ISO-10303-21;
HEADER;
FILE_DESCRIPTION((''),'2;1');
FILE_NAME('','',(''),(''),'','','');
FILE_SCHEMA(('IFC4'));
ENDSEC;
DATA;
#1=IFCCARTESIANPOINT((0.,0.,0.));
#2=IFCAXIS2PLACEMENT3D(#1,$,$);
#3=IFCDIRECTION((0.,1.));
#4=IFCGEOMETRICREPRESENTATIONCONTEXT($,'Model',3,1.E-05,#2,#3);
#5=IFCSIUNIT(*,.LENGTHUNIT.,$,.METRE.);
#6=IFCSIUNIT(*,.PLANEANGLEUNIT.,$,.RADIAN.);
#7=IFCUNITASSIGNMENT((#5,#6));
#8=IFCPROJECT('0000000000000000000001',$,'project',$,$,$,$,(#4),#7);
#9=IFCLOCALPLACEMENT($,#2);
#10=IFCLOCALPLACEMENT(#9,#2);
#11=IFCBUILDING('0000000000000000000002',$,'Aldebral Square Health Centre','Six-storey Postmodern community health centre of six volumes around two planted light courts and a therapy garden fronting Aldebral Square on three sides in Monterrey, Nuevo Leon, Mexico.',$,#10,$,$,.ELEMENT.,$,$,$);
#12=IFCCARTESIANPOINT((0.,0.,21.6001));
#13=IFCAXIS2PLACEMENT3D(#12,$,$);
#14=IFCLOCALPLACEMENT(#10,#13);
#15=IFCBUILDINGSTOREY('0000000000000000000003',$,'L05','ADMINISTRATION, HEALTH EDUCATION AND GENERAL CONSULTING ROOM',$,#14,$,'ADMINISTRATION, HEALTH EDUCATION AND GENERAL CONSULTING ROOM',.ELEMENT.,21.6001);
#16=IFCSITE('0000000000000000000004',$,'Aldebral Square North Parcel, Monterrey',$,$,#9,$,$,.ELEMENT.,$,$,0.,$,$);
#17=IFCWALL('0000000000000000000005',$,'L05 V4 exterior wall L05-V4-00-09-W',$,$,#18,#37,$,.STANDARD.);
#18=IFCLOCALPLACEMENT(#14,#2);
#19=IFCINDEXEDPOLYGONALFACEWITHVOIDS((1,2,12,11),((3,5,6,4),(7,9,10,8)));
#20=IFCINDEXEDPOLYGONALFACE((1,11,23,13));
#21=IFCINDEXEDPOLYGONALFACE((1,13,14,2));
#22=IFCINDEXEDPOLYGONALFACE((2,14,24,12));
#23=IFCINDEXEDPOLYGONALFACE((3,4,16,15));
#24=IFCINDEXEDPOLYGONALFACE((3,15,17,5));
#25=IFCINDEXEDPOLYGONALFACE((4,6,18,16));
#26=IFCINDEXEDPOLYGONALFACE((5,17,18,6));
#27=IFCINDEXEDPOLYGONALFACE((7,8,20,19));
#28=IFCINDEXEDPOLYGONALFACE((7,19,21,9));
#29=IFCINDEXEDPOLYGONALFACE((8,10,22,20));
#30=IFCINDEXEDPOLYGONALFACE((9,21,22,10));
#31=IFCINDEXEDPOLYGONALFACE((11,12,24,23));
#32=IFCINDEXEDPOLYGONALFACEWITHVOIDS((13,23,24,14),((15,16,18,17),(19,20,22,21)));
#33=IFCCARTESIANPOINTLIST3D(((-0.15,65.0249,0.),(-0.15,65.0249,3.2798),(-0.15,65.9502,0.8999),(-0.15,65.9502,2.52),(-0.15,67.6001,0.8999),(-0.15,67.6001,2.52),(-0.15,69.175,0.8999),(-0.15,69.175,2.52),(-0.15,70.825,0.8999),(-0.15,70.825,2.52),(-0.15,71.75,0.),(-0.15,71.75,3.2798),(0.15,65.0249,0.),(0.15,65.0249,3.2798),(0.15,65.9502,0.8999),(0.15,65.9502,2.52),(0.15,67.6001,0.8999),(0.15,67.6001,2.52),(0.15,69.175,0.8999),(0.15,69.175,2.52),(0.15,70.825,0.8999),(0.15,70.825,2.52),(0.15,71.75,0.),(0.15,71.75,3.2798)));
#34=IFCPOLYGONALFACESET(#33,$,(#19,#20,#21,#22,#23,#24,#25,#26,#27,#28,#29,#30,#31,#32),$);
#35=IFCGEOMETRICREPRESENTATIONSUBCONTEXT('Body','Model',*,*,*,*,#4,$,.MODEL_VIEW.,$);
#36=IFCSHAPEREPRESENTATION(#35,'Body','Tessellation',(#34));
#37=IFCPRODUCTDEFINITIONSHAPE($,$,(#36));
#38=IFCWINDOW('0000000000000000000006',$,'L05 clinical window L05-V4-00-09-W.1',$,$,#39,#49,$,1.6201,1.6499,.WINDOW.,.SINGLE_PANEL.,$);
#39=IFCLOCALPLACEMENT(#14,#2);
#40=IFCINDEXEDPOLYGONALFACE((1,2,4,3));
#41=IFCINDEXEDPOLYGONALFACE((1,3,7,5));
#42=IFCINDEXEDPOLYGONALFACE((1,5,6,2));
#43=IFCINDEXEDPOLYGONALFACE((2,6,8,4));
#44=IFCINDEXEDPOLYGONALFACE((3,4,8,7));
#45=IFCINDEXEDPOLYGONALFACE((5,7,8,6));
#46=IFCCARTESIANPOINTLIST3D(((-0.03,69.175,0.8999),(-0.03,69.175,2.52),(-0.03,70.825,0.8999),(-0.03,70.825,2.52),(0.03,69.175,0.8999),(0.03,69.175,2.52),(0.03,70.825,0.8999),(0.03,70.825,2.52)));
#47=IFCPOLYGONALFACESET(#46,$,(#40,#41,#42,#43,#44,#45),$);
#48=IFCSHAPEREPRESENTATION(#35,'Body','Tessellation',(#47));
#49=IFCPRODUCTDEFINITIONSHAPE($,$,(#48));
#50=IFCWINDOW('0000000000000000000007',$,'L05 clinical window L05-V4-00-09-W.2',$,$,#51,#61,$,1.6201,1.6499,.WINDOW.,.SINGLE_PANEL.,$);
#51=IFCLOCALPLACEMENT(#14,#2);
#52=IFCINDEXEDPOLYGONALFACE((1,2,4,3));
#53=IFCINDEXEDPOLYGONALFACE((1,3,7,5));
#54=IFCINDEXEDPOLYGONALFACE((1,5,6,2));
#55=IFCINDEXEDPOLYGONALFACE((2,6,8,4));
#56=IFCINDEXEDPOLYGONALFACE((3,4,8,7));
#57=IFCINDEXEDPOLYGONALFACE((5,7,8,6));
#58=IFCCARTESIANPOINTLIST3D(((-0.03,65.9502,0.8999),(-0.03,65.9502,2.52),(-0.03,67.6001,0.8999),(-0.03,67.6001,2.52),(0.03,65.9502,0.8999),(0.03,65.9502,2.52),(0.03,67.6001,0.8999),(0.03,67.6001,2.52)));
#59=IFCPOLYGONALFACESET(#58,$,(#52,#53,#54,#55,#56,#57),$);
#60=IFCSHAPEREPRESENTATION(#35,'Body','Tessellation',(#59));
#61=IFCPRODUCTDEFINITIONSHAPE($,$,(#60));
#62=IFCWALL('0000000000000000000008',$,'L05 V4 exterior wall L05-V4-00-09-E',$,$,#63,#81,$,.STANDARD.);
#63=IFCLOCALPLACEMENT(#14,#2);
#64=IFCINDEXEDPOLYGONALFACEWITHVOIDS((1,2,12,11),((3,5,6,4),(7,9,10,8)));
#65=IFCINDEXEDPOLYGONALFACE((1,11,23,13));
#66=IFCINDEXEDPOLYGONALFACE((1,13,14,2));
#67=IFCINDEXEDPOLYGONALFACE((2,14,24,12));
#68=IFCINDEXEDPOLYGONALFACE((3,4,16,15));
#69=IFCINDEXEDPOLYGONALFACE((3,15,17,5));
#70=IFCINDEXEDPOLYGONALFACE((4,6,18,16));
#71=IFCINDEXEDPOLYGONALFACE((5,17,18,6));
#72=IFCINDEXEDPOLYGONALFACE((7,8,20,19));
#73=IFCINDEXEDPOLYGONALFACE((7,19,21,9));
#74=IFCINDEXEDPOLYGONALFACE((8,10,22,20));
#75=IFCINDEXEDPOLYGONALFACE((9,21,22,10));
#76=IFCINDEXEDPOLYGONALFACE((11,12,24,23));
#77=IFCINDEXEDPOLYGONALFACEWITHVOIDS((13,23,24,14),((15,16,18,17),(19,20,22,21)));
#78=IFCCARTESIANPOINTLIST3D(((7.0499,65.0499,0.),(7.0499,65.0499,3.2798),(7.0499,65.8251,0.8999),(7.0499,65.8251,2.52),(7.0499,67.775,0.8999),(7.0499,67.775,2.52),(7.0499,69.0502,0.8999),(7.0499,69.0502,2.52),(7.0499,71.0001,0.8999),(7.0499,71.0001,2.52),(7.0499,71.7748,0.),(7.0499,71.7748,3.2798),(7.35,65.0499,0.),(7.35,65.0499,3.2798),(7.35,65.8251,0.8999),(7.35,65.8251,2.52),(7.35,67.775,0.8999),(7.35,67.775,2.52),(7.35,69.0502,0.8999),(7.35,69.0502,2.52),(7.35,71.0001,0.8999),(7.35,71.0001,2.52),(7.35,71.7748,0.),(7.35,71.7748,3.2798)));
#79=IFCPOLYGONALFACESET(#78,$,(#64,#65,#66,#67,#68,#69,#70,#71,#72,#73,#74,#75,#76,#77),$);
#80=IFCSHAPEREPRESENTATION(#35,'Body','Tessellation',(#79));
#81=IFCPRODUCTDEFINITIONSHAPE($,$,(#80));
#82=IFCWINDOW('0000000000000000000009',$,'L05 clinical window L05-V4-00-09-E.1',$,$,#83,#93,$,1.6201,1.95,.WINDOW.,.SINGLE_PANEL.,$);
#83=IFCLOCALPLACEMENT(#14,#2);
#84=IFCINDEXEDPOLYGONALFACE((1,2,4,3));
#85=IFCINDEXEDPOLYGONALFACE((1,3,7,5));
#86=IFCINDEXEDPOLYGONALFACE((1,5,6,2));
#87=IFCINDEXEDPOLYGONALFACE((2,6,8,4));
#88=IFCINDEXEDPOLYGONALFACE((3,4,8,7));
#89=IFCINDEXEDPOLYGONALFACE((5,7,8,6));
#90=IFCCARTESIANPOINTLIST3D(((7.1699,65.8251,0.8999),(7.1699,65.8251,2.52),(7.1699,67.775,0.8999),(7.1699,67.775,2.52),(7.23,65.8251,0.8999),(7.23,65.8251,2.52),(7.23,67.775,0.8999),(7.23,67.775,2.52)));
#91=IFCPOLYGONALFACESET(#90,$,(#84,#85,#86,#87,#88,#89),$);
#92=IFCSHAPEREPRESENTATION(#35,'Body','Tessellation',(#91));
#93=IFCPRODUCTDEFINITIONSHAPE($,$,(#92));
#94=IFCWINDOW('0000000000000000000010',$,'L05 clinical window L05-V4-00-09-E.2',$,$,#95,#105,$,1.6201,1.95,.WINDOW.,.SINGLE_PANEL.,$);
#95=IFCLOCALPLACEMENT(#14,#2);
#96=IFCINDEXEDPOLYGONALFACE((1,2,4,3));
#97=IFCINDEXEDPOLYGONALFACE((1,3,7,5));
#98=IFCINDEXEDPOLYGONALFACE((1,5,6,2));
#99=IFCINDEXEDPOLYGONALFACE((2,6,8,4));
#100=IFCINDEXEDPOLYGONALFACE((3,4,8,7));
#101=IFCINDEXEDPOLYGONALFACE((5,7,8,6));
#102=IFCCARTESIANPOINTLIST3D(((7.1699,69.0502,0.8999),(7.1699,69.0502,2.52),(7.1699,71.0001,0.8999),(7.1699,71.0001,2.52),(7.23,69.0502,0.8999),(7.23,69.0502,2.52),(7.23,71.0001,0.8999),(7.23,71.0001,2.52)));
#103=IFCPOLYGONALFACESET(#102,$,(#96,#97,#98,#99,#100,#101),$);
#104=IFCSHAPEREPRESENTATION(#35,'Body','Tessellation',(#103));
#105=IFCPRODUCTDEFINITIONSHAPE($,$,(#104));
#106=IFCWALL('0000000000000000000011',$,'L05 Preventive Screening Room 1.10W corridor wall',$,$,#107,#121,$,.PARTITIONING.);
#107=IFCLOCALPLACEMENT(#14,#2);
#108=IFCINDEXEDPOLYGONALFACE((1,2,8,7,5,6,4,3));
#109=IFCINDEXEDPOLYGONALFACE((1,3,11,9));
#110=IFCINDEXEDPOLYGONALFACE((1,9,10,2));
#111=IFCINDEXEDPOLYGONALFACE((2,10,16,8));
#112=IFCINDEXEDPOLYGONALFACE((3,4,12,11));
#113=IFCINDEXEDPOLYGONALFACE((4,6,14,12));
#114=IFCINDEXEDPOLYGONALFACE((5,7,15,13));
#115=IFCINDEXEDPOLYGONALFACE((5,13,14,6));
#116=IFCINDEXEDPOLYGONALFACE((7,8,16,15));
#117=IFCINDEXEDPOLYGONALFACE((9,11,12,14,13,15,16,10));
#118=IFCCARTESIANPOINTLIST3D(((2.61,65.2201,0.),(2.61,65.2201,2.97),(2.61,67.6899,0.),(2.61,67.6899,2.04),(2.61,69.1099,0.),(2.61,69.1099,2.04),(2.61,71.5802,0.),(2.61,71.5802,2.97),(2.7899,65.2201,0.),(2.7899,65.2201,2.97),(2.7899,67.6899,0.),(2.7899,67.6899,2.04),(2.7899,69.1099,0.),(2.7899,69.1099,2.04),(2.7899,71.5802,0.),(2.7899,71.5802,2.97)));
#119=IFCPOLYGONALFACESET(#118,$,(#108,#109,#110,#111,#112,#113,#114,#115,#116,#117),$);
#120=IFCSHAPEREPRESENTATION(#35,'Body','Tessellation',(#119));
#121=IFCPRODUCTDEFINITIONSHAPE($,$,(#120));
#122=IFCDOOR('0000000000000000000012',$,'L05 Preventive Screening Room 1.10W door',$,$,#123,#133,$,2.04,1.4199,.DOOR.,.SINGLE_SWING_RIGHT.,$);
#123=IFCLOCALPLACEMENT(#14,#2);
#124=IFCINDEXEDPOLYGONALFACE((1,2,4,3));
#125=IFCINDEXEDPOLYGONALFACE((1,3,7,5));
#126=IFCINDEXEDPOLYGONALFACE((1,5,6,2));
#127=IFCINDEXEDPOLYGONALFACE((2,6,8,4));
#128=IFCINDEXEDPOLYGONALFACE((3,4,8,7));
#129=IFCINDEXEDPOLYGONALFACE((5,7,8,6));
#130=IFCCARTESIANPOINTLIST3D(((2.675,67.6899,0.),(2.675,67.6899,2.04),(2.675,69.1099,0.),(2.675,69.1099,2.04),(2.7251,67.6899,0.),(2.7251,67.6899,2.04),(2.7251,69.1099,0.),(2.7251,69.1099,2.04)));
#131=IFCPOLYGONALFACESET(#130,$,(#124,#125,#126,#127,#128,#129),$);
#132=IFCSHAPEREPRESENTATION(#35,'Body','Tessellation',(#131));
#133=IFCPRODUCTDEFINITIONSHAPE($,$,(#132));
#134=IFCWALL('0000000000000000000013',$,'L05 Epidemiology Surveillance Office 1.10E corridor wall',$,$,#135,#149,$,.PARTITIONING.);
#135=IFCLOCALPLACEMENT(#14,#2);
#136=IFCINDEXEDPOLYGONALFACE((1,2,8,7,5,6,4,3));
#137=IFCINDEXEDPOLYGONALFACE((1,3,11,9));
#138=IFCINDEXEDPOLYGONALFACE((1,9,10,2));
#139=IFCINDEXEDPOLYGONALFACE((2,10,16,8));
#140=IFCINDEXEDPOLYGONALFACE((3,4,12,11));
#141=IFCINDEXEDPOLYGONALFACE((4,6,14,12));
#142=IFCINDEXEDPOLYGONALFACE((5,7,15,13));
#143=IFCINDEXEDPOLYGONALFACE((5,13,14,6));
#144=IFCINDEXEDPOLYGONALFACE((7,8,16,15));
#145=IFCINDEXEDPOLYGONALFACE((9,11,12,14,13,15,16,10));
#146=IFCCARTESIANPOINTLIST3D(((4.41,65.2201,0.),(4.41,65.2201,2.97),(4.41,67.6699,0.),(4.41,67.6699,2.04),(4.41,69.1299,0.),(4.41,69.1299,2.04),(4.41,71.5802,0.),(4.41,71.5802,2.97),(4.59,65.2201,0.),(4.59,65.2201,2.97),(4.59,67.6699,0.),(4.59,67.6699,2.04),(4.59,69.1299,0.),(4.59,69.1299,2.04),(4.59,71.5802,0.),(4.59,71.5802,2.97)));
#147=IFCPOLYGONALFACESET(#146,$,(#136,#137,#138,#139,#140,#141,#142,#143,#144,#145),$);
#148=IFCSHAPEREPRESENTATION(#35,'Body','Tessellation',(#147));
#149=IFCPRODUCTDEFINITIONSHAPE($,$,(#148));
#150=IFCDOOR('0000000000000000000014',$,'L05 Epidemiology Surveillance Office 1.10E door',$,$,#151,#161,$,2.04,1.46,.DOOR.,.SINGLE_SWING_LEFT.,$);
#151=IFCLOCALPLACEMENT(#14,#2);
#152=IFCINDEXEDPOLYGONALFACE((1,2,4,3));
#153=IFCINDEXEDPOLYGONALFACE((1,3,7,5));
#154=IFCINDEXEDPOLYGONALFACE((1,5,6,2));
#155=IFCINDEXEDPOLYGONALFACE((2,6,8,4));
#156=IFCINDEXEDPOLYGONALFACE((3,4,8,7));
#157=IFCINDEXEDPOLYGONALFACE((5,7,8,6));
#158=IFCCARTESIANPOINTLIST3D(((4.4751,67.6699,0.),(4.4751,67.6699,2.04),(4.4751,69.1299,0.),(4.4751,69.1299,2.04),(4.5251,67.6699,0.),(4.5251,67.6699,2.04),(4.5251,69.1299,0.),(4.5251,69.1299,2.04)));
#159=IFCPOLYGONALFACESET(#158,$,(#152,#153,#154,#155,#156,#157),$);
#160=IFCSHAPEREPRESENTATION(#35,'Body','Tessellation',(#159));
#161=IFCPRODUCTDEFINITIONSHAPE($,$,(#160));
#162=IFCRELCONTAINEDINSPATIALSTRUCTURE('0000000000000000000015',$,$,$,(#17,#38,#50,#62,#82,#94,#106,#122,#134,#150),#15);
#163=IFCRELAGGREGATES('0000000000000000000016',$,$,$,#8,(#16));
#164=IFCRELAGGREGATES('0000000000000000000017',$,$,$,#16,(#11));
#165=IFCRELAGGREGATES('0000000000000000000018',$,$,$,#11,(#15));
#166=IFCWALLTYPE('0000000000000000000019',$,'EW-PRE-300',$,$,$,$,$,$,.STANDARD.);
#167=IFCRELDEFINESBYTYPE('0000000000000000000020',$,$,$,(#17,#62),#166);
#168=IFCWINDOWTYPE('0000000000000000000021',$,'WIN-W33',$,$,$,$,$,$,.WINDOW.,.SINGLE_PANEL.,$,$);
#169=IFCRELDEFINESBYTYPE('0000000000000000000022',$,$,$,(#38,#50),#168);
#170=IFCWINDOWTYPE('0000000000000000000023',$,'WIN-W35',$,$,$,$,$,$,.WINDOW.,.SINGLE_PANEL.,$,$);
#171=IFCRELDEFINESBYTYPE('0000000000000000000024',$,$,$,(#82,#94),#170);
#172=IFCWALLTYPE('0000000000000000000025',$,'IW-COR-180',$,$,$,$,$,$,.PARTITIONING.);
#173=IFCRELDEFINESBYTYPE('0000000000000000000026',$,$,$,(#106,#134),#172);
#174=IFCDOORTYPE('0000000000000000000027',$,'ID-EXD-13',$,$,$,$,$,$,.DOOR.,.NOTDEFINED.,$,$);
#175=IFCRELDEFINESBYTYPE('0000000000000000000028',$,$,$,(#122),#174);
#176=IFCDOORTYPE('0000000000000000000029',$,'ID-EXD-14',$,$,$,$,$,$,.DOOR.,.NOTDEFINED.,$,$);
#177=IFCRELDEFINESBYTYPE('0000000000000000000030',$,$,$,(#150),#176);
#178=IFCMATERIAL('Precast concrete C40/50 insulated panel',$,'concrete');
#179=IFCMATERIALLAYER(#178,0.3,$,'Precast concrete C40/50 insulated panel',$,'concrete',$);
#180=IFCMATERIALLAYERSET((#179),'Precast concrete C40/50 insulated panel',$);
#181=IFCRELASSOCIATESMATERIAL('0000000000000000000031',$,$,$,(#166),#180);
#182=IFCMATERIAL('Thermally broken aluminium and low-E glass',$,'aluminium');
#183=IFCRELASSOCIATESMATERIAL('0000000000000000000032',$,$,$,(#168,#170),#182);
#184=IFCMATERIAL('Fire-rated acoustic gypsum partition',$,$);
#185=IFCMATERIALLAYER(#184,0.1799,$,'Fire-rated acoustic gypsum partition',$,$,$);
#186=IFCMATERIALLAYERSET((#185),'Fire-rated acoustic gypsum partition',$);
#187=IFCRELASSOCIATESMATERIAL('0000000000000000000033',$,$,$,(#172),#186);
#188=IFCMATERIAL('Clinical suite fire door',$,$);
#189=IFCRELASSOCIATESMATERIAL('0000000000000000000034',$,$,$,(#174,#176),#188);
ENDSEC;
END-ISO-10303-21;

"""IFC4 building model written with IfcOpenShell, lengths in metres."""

from ifc_helpers import new_model, si_unit, direction, frame, frame_2d, origin, place, context, subcontext, project, spatial, rectangle, extrude, material, layer, layer_set, type_object, element, fill, save


model = new_model("IFC4")

# Units and contexts
model_context = context("Model", 3, precision=1e-05, world=origin(), true_north=direction((0.0, 1.0)))
body_context = subcontext(model_context, "Body", "Model", "MODEL_VIEW")
ifc_project = project(units=[si_unit("LENGTHUNIT", "METRE"), si_unit("PLANEANGLEUNIT", "RADIAN")], contexts=[model_context])

# Site, building, storey
site_placement = place(None, origin())
site = spatial("IfcSite", under=ifc_project, at=site_placement, Name="Aldebral Square North Parcel, Monterrey", CompositionType="ELEMENT", RefElevation=0.0)
building_placement = place(site_placement, origin())
building = spatial("IfcBuilding", under=site, at=building_placement, Name="Aldebral Square Health Centre", Description="Six-storey Postmodern community health centre of six volumes around two planted light courts and a therapy garden fronting Aldebral Square on three sides in Monterrey, Nuevo Leon, Mexico.", CompositionType="ELEMENT")
storey_placement = place(building_placement, frame((0.0, 0.0, 21.6001)))
storey = spatial("IfcBuildingStorey", under=building, at=storey_placement, Name="L05", Description="ADMINISTRATION, HEALTH EDUCATION AND GENERAL CONSULTING ROOM", LongName="ADMINISTRATION, HEALTH EDUCATION AND GENERAL CONSULTING ROOM", CompositionType="ELEMENT", Elevation=21.6001)

# Walls, openings, windows
ifc_material_1 = material(Name="Precast concrete C40/50 insulated panel", Category="concrete")
ifc_layer_1 = layer(ifc_material_1, 0.3, Name="Precast concrete C40/50 insulated panel", Category="concrete")
ifc_layer_set_1 = layer_set([ifc_layer_1], Name="Precast concrete C40/50 insulated panel")
wall_type_1 = type_object("IfcWallType", Name="EW-PRE-300", PredefinedType="STANDARD", material=ifc_layer_set_1)
ifc_material_2 = material(Name="Thermally broken aluminium and low-E glass", Category="aluminium")
wall_1_placement = place(storey_placement, frame((0.0, 71.75, 0.0), z_axis=(0.0, 0.0, 1.0), x_axis=(0.0, -1.0, 0.0)))
wall_1 = element("IfcWall", 1, at=wall_1_placement, inside=storey, type_object=wall_type_1, Name="L05 V4 exterior wall L05-V4-00-09-W", PredefinedType="STANDARD", context=body_context, shape_type="SweptSolid", body=[
    extrude(rectangle(XDim=6.7251, YDim=0.3, at=frame_2d((3.3625, 0.0))), origin(), (0.0, 0.0, 1.0), 3.2798),
])
opening_1_placement = place(wall_1_placement, frame((0.925, 0.0, 0.8999)))
opening_1 = element("IfcOpeningElement", 2, at=opening_1_placement, cuts=wall_1, PredefinedType="OPENING", context=body_context, shape_type="SweptSolid", body=[
    extrude(rectangle(XDim=1.6499, YDim=1.6201, at=frame_2d((0.825, 0.8101))), frame((0.0, 0.1602, 0.0), z_axis=(0.0, -1.0, 0.0), x_axis=(1.0, 0.0, 0.0)), (0.0, 0.0, 1.0), 0.3201),
])
opening_2_placement = place(wall_1_placement, frame((4.1499, 0.0, 0.8999)))
opening_2 = element("IfcOpeningElement", 3, at=opening_2_placement, cuts=wall_1, PredefinedType="OPENING", context=body_context, shape_type="SweptSolid", body=[
    extrude(rectangle(XDim=1.6499, YDim=1.6201, at=frame_2d((0.825, 0.8101))), frame((0.0, 0.1602, 0.0), z_axis=(0.0, -1.0, 0.0), x_axis=(1.0, 0.0, 0.0)), (0.0, 0.0, 1.0), 0.3201),
])
window_type_1 = type_object("IfcWindowType", Name="WIN-W33", PartitioningType="SINGLE_PANEL", PredefinedType="WINDOW", material=ifc_material_2)
window_1_placement = place(opening_1_placement, origin())
window_1 = element("IfcWindow", 4, at=window_1_placement, inside=storey, type_object=window_type_1, Name="L05 clinical window L05-V4-00-09-W.1", OverallHeight=1.6201, OverallWidth=1.6499, PartitioningType="SINGLE_PANEL", PredefinedType="WINDOW", context=body_context, shape_type="SweptSolid", body=[
    extrude(rectangle(XDim=1.6499, YDim=1.6201, at=frame_2d((0.825, 0.8101))), frame((0.0, 0.03, 0.0), z_axis=(0.0, -1.0, 0.0), x_axis=(1.0, 0.0, 0.0)), (0.0, 0.0, 1.0), 0.0601),
])
fill(opening_1, window_1)
window_2_placement = place(opening_2_placement, origin())
window_2 = element("IfcWindow", 5, at=window_2_placement, inside=storey, type_object=window_type_1, Name="L05 clinical window L05-V4-00-09-W.2", OverallHeight=1.6201, OverallWidth=1.6499, PartitioningType="SINGLE_PANEL", PredefinedType="WINDOW", context=body_context, shape_type="SweptSolid", body=[
    extrude(rectangle(XDim=1.6499, YDim=1.6201, at=frame_2d((0.825, 0.8101))), frame((0.0, 0.03, 0.0), z_axis=(0.0, -1.0, 0.0), x_axis=(1.0, 0.0, 0.0)), (0.0, 0.0, 1.0), 0.0601),
])
fill(opening_2, window_2)
wall_2_placement = place(storey_placement, frame((7.2, 65.05, 0.0), z_axis=(0.0, 0.0, 1.0), x_axis=(0.0, 1.0, 0.0)))
wall_2 = element("IfcWall", 6, at=wall_2_placement, inside=storey, type_object=wall_type_1, Name="L05 V4 exterior wall L05-V4-00-09-E", PredefinedType="STANDARD", context=body_context, shape_type="SweptSolid", body=[
    extrude(rectangle(XDim=6.7249, YDim=0.3, at=frame_2d((3.3623, 0.0))), origin(), (0.0, 0.0, 1.0), 3.2798),
])
opening_3_placement = place(wall_2_placement, frame((0.7749, 0.0, 0.8999)))
opening_3 = element("IfcOpeningElement", 7, at=opening_3_placement, cuts=wall_2, PredefinedType="OPENING", context=body_context, shape_type="SweptSolid", body=[
    extrude(rectangle(XDim=1.95, YDim=1.6201, at=frame_2d((0.9751, 0.8101))), frame((0.0, 0.1602, 0.0), z_axis=(0.0, -1.0, 0.0), x_axis=(1.0, 0.0, 0.0)), (0.0, 0.0, 1.0), 0.3201),
])
opening_4_placement = place(wall_2_placement, frame((4.0, 0.0, 0.8999)))
opening_4 = element("IfcOpeningElement", 8, at=opening_4_placement, cuts=wall_2, PredefinedType="OPENING", context=body_context, shape_type="SweptSolid", body=[
    extrude(rectangle(XDim=1.95, YDim=1.6201, at=frame_2d((0.9751, 0.8101))), frame((0.0, 0.1602, 0.0), z_axis=(0.0, -1.0, 0.0), x_axis=(1.0, 0.0, 0.0)), (0.0, 0.0, 1.0), 0.3201),
])
window_type_2 = type_object("IfcWindowType", Name="WIN-W35", PartitioningType="SINGLE_PANEL", PredefinedType="WINDOW", material=ifc_material_2)
window_3_placement = place(opening_3_placement, origin())
window_3 = element("IfcWindow", 9, at=window_3_placement, inside=storey, type_object=window_type_2, Name="L05 clinical window L05-V4-00-09-E.1", OverallHeight=1.6201, OverallWidth=1.95, PartitioningType="SINGLE_PANEL", PredefinedType="WINDOW", context=body_context, shape_type="SweptSolid", body=[
    extrude(rectangle(XDim=1.95, YDim=1.6201, at=frame_2d((0.9751, 0.8101))), frame((0.0, 0.03, 0.0), z_axis=(0.0, -1.0, 0.0), x_axis=(1.0, 0.0, 0.0)), (0.0, 0.0, 1.0), 0.0601),
])
fill(opening_3, window_3)
window_4_placement = place(opening_4_placement, origin())
window_4 = element("IfcWindow", 10, at=window_4_placement, inside=storey, type_object=window_type_2, Name="L05 clinical window L05-V4-00-09-E.2", OverallHeight=1.6201, OverallWidth=1.95, PartitioningType="SINGLE_PANEL", PredefinedType="WINDOW", context=body_context, shape_type="SweptSolid", body=[
    extrude(rectangle(XDim=1.95, YDim=1.6201, at=frame_2d((0.9751, 0.8101))), frame((0.0, 0.03, 0.0), z_axis=(0.0, -1.0, 0.0), x_axis=(1.0, 0.0, 0.0)), (0.0, 0.0, 1.0), 0.0601),
])
fill(opening_4, window_4)

# Walls, openings, doors
ifc_material_3 = material(Name="Fire-rated acoustic gypsum partition")
ifc_layer_2 = layer(ifc_material_3, 0.1799, Name="Fire-rated acoustic gypsum partition")
ifc_layer_set_2 = layer_set([ifc_layer_2], Name="Fire-rated acoustic gypsum partition")
wall_type_2 = type_object("IfcWallType", Name="IW-COR-180", PredefinedType="PARTITIONING", material=ifc_layer_set_2)
wall_3_placement = place(storey_placement, frame((2.7, 65.22, 0.0), z_axis=(0.0, 0.0, 1.0), x_axis=(0.0, 1.0, 0.0)))
wall_3 = element("IfcWall", 11, at=wall_3_placement, inside=storey, type_object=wall_type_2, Name="L05 Preventive Screening Room 1.10W corridor wall", PredefinedType="PARTITIONING", context=body_context, shape_type="SweptSolid", body=[
    extrude(rectangle(XDim=6.3601, YDim=0.1799, at=frame_2d((3.1802, 0.0))), origin(), (0.0, 0.0, 1.0), 2.97),
])
opening_5_placement = place(wall_3_placement, frame((2.47, 0.0, 0.0)))
opening_5 = element("IfcOpeningElement", 12, at=opening_5_placement, cuts=wall_3, PredefinedType="OPENING", context=body_context, shape_type="SweptSolid", body=[
    extrude(rectangle(XDim=1.4199, YDim=2.04, at=frame_2d((0.71, 1.02))), frame((0.0, 0.1001, 0.0), z_axis=(0.0, -1.0, 0.0), x_axis=(1.0, 0.0, 0.0)), (0.0, 0.0, 1.0), 0.2),
])
ifc_material_4 = material(Name="Clinical suite fire door")
door_type_1 = type_object("IfcDoorType", Name="ID-EXD-13", OperationType="NOTDEFINED", PredefinedType="DOOR", material=ifc_material_4)
door_1_placement = place(opening_5_placement, origin())
door_1 = element("IfcDoor", 13, at=door_1_placement, inside=storey, type_object=door_type_1, Name="L05 Preventive Screening Room 1.10W door", OperationType="SINGLE_SWING_RIGHT", OverallHeight=2.04, OverallWidth=1.4199, PredefinedType="DOOR", context=body_context, shape_type="SweptSolid", body=[
    extrude(rectangle(XDim=1.4199, YDim=2.04, at=frame_2d((0.71, 1.02))), frame((0.0, 0.0249, 0.0), z_axis=(0.0, -1.0, 0.0), x_axis=(1.0, 0.0, 0.0)), (0.0, 0.0, 1.0), 0.05),
])
fill(opening_5, door_1)
wall_4_placement = place(storey_placement, frame((4.5, 65.22, 0.0), z_axis=(0.0, 0.0, 1.0), x_axis=(0.0, 1.0, 0.0)))
wall_4 = element("IfcWall", 14, at=wall_4_placement, inside=storey, type_object=wall_type_2, Name="L05 Epidemiology Surveillance Office 1.10E corridor wall", PredefinedType="PARTITIONING", context=body_context, shape_type="SweptSolid", body=[
    extrude(rectangle(XDim=6.3601, YDim=0.1799, at=frame_2d((3.1802, 0.0))), origin(), (0.0, 0.0, 1.0), 2.97),
])
opening_6_placement = place(wall_4_placement, frame((2.45, 0.0, 0.0)))
opening_6 = element("IfcOpeningElement", 15, at=opening_6_placement, cuts=wall_4, PredefinedType="OPENING", context=body_context, shape_type="SweptSolid", body=[
    extrude(rectangle(XDim=1.46, YDim=2.04, at=frame_2d((0.73, 1.02))), frame((0.0, 0.1001, 0.0), z_axis=(0.0, -1.0, 0.0), x_axis=(1.0, 0.0, 0.0)), (0.0, 0.0, 1.0), 0.2),
])
door_type_2 = type_object("IfcDoorType", Name="ID-EXD-14", OperationType="NOTDEFINED", PredefinedType="DOOR", material=ifc_material_4)
door_2_placement = place(opening_6_placement, origin())
door_2 = element("IfcDoor", 16, at=door_2_placement, inside=storey, type_object=door_type_2, Name="L05 Epidemiology Surveillance Office 1.10E door", OperationType="SINGLE_SWING_LEFT", OverallHeight=2.04, OverallWidth=1.46, PredefinedType="DOOR", context=body_context, shape_type="SweptSolid", body=[
    extrude(rectangle(XDim=1.46, YDim=2.04, at=frame_2d((0.73, 1.02))), frame((0.0, 0.0249, 0.0), z_axis=(0.0, -1.0, 0.0), x_axis=(1.0, 0.0, 0.0)), (0.0, 0.0, 1.0), 0.05),
])
fill(opening_6, door_2)

save(model, "model.ifc")
